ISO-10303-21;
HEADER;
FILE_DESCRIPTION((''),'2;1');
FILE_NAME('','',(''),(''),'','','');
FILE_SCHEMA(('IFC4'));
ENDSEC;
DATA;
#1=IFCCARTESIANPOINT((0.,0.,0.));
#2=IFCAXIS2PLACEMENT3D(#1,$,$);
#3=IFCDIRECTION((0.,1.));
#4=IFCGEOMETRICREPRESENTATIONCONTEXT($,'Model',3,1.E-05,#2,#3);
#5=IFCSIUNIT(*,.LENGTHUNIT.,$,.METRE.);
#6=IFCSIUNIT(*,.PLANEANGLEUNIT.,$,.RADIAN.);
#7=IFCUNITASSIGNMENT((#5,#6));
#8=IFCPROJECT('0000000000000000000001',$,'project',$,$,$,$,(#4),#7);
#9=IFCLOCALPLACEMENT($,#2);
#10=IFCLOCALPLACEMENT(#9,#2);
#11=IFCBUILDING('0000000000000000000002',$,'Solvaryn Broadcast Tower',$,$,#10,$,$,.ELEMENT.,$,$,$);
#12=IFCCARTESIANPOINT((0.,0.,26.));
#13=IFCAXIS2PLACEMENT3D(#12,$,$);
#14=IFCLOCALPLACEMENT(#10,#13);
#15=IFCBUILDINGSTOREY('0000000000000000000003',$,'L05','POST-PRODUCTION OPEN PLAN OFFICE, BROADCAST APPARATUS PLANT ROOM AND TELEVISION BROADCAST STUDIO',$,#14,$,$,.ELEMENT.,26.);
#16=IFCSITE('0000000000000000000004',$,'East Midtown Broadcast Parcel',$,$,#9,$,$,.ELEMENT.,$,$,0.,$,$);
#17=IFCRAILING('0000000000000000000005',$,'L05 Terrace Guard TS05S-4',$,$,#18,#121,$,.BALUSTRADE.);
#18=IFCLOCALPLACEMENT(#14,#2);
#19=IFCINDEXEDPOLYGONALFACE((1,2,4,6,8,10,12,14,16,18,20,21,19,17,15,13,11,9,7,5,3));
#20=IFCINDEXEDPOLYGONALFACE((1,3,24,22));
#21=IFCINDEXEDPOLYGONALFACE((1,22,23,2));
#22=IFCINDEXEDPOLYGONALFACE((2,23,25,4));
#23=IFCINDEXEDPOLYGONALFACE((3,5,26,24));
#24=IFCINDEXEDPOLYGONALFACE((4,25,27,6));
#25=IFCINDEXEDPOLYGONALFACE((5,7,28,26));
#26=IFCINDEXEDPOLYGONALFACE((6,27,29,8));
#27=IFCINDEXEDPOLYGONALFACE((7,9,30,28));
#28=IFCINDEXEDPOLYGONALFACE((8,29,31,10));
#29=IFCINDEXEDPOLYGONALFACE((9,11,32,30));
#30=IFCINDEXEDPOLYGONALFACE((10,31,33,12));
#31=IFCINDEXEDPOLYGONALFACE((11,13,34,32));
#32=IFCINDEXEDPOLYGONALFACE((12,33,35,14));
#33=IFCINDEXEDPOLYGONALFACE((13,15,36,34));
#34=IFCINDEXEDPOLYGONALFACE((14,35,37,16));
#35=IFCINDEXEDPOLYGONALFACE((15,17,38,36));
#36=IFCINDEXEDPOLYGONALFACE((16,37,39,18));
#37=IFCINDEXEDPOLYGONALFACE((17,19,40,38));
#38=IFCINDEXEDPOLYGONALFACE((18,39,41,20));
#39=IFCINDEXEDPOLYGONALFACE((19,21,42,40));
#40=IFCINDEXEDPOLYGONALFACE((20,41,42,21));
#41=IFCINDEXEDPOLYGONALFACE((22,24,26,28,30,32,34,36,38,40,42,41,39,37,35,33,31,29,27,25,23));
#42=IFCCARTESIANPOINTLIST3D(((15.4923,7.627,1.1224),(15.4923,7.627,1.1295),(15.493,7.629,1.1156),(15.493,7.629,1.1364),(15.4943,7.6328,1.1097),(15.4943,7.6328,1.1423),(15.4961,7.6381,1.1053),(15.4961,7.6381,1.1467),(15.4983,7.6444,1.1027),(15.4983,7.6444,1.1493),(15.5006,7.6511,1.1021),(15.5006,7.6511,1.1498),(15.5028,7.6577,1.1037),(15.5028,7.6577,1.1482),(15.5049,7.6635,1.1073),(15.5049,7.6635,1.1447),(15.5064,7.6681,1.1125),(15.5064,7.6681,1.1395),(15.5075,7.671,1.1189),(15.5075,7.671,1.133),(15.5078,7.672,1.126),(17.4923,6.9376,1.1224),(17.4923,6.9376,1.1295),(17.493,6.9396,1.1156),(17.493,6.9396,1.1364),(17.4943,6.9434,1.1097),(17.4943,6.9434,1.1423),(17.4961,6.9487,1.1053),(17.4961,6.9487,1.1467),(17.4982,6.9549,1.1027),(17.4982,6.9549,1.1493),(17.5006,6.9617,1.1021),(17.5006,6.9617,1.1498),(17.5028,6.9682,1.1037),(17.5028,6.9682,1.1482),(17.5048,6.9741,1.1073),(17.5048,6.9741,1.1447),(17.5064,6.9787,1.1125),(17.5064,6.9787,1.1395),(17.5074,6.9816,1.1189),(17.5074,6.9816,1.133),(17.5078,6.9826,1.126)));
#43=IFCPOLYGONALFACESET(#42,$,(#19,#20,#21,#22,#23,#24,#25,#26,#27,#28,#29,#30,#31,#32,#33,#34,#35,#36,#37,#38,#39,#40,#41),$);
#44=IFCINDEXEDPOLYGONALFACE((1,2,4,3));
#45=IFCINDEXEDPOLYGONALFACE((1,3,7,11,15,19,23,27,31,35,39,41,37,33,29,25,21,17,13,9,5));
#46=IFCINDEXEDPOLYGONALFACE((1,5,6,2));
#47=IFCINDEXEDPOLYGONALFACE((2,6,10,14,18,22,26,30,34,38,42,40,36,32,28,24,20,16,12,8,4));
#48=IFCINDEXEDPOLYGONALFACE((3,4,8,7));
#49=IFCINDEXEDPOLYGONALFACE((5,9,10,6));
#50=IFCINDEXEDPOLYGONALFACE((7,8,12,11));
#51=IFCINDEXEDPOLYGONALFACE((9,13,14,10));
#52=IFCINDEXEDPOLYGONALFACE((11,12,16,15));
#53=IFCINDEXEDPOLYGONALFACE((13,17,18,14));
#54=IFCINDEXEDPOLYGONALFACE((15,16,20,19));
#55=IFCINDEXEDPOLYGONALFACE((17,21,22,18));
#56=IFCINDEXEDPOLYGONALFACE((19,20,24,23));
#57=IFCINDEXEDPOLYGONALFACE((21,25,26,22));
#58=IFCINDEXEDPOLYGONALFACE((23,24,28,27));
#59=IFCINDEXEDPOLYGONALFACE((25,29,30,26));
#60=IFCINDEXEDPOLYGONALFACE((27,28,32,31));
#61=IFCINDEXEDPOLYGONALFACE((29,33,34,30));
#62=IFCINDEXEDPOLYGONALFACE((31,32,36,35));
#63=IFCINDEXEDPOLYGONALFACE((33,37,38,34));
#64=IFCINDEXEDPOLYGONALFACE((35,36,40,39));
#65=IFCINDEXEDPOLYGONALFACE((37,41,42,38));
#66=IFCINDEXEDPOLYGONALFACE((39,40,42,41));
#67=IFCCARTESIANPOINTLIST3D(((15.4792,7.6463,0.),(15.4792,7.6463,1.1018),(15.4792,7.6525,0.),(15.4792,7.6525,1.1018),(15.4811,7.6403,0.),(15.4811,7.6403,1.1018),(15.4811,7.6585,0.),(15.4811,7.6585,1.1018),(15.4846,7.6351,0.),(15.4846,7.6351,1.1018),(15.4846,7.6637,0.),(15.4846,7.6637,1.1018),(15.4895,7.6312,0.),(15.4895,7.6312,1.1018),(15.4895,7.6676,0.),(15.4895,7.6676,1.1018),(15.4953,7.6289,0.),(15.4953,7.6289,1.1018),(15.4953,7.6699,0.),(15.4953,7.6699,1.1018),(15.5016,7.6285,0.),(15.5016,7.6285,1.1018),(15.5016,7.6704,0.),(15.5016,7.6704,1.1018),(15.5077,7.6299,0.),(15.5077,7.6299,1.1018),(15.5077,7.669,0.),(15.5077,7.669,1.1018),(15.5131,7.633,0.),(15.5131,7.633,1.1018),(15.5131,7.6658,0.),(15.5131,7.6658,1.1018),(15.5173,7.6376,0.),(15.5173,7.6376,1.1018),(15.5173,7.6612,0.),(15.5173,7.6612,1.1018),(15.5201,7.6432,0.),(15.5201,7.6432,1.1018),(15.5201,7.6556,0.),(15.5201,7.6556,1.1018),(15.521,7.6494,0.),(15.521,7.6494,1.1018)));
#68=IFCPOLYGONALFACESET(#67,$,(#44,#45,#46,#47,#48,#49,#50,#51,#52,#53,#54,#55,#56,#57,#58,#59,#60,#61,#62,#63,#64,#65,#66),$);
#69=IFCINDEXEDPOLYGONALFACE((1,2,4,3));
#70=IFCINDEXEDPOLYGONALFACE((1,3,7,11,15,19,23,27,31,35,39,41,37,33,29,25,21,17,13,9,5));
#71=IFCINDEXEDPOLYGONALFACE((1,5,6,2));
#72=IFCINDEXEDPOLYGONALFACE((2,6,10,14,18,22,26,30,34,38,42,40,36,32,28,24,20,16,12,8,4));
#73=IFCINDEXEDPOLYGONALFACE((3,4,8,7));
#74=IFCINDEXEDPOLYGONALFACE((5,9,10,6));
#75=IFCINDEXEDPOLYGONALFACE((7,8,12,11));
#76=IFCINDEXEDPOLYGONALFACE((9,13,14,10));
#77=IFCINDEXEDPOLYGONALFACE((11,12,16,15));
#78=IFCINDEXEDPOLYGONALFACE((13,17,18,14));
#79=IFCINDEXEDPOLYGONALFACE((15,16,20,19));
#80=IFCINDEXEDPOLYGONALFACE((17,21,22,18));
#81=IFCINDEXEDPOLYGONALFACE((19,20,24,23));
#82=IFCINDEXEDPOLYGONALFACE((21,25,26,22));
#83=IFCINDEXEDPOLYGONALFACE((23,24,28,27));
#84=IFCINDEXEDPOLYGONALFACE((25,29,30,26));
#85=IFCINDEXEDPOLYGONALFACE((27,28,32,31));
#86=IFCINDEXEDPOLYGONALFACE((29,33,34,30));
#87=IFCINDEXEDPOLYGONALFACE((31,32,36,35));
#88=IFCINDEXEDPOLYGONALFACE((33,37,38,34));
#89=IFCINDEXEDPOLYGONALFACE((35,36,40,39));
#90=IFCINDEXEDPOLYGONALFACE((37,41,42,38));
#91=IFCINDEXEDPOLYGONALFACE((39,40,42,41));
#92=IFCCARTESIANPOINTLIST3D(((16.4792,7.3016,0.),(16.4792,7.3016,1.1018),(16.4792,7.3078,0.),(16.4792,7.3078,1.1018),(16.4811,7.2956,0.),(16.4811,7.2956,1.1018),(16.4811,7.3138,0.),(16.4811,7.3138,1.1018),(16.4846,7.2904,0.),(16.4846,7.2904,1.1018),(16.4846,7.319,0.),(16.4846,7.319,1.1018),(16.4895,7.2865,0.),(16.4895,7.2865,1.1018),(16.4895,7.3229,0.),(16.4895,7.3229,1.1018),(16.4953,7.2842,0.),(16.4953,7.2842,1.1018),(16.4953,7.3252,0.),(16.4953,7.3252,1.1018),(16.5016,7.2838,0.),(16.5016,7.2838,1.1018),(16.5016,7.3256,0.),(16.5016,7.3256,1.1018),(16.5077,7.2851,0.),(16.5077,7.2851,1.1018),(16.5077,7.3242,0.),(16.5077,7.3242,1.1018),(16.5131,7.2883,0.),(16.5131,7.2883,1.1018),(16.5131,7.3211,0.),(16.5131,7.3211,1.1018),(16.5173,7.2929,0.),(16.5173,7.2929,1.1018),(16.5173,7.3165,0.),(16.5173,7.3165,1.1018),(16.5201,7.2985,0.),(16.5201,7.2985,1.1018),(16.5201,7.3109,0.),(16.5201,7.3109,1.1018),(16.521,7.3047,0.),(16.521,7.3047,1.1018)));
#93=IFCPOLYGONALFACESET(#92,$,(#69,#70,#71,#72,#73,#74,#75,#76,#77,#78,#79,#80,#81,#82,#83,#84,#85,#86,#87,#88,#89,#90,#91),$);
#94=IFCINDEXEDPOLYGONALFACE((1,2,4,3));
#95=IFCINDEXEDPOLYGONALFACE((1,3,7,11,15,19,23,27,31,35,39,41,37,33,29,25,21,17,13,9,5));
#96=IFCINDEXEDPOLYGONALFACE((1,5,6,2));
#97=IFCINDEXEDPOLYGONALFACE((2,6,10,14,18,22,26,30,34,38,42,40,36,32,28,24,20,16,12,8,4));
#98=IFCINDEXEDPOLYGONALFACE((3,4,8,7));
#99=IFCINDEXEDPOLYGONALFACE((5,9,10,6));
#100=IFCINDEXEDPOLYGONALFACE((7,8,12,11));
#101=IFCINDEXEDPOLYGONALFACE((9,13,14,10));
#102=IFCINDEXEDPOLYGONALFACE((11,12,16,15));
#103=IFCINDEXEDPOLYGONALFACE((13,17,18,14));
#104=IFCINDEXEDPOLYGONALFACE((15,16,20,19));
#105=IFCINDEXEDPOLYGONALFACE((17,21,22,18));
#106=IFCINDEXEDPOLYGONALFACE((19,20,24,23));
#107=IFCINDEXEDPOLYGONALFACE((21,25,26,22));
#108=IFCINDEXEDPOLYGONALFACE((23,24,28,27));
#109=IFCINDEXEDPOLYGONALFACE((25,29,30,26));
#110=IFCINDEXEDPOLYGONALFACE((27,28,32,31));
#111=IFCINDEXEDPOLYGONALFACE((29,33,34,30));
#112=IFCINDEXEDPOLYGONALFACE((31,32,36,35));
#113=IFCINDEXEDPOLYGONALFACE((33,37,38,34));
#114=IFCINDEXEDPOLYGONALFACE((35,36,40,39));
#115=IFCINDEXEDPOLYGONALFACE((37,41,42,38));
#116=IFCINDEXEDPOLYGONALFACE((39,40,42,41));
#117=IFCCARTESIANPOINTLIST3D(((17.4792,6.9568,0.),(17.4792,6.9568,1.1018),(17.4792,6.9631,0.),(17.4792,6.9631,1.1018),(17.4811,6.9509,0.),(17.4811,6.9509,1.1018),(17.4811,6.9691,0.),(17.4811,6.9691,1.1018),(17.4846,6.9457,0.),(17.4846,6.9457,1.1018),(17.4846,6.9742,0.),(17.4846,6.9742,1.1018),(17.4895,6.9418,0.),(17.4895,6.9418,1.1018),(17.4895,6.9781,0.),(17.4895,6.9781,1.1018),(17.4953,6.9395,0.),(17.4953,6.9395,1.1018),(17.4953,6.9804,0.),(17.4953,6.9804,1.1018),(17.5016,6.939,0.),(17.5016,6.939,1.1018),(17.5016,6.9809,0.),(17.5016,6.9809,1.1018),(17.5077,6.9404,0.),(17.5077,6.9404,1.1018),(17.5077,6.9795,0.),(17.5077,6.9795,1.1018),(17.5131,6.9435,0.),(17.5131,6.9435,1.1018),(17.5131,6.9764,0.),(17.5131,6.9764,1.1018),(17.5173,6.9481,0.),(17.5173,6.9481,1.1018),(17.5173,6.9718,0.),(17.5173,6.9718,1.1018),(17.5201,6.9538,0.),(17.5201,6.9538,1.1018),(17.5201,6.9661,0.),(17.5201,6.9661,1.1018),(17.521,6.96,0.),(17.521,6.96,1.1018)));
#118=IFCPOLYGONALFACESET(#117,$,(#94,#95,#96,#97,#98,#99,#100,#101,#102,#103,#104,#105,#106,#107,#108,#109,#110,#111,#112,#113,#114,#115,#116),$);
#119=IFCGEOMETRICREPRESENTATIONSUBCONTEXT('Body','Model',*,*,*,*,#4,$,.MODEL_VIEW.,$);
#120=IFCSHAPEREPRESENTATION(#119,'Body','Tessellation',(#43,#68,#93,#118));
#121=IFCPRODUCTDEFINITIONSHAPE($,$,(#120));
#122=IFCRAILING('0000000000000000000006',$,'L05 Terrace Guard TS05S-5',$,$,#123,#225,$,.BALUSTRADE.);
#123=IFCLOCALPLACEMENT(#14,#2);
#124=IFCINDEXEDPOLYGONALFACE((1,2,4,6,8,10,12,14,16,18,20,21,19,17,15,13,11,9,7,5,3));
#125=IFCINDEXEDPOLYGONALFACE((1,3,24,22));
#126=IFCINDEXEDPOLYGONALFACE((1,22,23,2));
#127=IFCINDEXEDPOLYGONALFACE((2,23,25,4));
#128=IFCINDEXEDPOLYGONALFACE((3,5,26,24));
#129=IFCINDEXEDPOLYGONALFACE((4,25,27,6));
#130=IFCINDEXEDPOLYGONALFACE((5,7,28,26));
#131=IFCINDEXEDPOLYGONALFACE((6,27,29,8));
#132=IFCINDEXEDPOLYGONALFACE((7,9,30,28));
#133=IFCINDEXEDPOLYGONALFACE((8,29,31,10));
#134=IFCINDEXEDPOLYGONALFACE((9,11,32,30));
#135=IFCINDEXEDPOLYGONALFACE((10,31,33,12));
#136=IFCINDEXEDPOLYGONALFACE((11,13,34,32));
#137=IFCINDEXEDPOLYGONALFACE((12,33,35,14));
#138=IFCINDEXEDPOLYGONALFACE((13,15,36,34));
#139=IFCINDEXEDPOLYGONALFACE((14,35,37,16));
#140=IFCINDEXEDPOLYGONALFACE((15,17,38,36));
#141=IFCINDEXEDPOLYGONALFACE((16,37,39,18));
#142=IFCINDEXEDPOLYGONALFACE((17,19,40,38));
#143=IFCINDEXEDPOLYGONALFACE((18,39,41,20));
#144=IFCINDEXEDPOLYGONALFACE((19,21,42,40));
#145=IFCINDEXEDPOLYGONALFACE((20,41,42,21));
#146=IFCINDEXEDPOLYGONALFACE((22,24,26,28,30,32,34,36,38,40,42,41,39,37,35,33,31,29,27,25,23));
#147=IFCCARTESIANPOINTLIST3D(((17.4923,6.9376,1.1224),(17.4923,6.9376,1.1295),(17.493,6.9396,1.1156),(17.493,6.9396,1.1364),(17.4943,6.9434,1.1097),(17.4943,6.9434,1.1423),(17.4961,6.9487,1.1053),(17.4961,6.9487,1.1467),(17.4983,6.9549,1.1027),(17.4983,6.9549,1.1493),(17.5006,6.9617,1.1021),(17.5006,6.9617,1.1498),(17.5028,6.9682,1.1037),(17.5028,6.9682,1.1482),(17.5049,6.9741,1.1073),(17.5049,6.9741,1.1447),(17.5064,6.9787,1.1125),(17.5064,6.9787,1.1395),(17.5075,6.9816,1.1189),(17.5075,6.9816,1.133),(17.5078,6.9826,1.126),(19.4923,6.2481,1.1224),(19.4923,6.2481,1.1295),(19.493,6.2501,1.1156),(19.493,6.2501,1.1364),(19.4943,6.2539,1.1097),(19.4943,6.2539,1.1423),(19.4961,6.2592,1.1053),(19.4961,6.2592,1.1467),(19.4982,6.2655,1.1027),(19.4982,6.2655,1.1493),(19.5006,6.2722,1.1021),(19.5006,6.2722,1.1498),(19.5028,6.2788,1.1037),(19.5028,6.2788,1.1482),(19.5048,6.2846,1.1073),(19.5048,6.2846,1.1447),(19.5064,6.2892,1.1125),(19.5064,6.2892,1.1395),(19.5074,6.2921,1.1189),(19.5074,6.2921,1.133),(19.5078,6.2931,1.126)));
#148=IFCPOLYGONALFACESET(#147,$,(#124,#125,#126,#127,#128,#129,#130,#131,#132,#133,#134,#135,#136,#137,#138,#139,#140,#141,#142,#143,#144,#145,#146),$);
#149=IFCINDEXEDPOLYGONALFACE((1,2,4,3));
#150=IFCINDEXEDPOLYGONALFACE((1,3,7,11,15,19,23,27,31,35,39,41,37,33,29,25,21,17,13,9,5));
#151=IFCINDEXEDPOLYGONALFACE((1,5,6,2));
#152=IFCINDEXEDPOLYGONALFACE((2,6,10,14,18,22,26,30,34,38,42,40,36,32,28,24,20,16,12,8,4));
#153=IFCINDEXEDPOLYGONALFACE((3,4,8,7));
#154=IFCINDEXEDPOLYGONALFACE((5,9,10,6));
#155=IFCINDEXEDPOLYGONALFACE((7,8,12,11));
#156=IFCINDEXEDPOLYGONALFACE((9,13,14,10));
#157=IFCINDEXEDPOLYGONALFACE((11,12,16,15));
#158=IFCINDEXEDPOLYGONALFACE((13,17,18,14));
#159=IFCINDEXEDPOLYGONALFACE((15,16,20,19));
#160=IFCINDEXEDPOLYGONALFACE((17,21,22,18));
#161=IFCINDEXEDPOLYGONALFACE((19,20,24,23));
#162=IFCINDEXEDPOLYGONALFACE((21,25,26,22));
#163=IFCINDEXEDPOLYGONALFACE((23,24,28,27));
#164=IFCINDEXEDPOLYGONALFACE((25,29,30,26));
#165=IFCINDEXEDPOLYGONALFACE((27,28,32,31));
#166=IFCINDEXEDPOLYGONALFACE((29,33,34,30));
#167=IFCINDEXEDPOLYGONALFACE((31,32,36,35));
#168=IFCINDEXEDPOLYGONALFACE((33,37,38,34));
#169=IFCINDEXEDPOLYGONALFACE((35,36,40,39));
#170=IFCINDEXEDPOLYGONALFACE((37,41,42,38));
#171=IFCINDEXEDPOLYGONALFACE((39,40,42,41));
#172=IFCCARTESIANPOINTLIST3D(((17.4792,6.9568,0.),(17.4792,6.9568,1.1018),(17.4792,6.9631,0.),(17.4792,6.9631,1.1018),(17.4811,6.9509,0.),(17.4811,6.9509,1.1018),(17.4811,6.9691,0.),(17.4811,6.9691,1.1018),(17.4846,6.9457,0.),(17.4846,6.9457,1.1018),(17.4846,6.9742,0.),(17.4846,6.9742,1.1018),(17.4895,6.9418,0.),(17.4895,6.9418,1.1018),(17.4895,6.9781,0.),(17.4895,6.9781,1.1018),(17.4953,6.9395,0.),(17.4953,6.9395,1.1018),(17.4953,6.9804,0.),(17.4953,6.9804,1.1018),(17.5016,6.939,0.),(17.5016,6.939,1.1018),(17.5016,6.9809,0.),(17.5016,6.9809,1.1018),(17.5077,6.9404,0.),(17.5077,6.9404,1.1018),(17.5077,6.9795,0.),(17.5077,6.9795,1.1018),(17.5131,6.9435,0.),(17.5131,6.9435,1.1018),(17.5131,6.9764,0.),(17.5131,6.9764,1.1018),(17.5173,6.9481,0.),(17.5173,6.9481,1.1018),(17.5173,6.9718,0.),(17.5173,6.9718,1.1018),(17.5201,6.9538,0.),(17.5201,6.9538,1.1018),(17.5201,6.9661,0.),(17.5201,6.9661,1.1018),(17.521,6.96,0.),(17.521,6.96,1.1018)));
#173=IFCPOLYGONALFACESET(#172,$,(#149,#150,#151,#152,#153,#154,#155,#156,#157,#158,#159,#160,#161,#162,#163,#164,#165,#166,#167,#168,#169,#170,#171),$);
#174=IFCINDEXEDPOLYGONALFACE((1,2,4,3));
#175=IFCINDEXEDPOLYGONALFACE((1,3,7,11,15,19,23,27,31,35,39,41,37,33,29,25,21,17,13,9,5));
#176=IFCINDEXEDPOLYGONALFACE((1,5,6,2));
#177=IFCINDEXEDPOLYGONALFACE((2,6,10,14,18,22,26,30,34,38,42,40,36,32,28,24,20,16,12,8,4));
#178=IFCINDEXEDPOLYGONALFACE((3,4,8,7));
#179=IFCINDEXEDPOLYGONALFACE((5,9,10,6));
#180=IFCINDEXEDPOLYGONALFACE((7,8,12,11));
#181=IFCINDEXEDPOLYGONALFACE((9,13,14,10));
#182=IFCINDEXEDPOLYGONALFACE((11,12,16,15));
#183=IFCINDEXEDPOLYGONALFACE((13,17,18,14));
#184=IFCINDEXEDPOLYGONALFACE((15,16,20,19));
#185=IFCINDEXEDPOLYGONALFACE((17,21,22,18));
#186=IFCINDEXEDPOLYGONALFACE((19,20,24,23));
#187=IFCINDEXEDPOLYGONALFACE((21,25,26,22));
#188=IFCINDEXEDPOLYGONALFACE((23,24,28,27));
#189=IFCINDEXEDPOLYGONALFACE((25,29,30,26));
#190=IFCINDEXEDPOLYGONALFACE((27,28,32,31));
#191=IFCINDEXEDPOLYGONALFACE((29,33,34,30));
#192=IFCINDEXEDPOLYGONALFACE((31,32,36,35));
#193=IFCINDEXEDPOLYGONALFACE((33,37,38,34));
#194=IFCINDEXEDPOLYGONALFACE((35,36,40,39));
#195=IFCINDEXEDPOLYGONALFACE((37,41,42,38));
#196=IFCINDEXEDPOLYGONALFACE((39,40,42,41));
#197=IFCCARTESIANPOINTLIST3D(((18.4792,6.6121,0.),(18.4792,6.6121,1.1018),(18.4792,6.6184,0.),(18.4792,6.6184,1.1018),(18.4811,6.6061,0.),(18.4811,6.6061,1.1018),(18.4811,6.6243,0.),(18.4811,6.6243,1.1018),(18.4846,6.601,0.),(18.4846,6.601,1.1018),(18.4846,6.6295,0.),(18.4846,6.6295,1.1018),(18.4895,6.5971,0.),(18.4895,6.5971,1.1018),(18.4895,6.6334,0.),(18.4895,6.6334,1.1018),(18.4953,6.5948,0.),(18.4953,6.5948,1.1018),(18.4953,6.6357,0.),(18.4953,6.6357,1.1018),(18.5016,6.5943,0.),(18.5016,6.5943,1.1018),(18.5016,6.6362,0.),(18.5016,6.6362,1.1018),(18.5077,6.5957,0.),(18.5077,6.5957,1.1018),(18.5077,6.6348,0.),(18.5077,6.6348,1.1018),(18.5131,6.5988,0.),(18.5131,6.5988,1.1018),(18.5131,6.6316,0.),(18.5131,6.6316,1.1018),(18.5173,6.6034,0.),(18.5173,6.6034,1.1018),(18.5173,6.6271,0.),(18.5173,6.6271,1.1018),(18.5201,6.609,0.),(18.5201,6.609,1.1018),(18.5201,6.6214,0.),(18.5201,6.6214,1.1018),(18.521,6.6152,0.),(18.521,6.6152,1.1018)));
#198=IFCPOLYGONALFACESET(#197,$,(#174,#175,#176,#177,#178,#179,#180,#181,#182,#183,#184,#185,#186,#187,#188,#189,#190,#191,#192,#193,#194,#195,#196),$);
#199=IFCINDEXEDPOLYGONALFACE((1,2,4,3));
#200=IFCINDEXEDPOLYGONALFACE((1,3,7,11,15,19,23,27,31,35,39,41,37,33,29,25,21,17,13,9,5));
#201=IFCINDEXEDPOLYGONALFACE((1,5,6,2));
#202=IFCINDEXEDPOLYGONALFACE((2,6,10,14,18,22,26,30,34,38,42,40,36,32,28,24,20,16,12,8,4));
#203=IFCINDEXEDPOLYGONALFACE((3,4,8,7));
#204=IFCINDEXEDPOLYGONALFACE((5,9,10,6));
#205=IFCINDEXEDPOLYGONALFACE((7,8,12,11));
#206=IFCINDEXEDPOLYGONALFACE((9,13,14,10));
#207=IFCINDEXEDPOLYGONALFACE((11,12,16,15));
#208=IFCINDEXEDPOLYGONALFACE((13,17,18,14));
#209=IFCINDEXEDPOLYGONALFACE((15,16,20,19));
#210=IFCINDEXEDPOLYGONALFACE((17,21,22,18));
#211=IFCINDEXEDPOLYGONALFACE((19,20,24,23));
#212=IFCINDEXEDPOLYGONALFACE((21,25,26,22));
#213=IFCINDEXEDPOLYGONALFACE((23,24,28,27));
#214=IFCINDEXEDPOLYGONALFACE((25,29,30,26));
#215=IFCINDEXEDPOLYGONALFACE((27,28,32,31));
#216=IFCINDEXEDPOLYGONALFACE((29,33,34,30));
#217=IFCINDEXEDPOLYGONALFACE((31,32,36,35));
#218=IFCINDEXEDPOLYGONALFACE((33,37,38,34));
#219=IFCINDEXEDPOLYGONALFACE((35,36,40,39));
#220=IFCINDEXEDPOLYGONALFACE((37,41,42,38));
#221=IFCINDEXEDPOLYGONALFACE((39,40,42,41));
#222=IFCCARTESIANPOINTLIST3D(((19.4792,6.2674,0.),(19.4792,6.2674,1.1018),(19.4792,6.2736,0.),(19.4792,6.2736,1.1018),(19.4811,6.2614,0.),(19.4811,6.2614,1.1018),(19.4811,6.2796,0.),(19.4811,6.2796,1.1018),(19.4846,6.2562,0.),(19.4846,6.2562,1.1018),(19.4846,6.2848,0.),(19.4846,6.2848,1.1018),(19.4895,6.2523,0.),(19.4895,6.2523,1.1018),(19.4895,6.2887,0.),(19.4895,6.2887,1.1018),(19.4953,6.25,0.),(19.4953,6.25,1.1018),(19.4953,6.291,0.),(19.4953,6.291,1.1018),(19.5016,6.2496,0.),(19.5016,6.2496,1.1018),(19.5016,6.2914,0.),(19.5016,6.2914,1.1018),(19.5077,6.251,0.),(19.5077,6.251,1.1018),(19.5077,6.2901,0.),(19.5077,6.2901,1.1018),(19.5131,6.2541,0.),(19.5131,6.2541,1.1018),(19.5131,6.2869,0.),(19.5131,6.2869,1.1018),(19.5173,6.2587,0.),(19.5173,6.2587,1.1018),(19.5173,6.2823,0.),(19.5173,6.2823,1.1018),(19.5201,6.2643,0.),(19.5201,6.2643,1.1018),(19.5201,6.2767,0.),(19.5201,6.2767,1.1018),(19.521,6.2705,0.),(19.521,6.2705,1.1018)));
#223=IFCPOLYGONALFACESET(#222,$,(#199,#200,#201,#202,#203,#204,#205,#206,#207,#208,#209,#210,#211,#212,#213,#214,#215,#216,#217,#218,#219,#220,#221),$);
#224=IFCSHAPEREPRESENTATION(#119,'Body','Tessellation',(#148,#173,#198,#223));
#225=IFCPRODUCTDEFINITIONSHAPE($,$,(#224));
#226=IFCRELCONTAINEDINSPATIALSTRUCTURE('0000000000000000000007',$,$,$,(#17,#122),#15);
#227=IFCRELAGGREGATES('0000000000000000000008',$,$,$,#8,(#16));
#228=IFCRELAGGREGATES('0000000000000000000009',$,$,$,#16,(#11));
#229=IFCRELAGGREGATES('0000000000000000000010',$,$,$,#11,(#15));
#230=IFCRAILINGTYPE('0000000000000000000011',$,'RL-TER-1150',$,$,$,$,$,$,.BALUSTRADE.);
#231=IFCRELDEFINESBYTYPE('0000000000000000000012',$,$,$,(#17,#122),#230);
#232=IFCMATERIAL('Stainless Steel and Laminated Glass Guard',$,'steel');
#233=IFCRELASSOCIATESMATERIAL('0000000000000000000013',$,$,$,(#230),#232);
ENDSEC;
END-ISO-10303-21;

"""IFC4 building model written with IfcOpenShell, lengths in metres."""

from ifc_helpers import new_model, si_unit, direction, frame, origin, origin_2d, place, context, subcontext, project, spatial, circle, extrude, material, type_object, element, save


model = new_model("IFC4")

# Units and contexts
model_context = context("Model", 3, precision=1e-05, world=origin(), true_north=direction((0.0, 1.0)))
body_context = subcontext(model_context, "Body", "Model", "MODEL_VIEW")
ifc_project = project(units=[si_unit("LENGTHUNIT", "METRE"), si_unit("PLANEANGLEUNIT", "RADIAN")], contexts=[model_context])

# Site, building, storey
site_placement = place(None, origin())
site = spatial("IfcSite", under=ifc_project, at=site_placement, Name="East Midtown Broadcast Parcel", CompositionType="ELEMENT", RefElevation=0.0)
building_placement = place(site_placement, origin())
building = spatial("IfcBuilding", under=site, at=building_placement, Name="Solvaryn Broadcast Tower", CompositionType="ELEMENT")
storey_placement = place(building_placement, frame((0.0, 0.0, 26.0)))
storey = spatial("IfcBuildingStorey", under=building, at=storey_placement, Name="L05", Description="POST-PRODUCTION OPEN PLAN OFFICE, BROADCAST APPARATUS PLANT ROOM AND TELEVISION BROADCAST STUDIO", CompositionType="ELEMENT", Elevation=26.0)

# Railings
ifc_material_1 = material(Name="Stainless Steel and Laminated Glass Guard", Category="steel")
railing_type = type_object("IfcRailingType", Name="RL-TER-1150", PredefinedType="BALUSTRADE", material=ifc_material_1)
for number, where, name in (
    (1, (15.5, 7.6494, 0.0), "L05 Terrace Guard TS05S-4"),
    (2, (17.5, 6.96, 0.0), "L05 Terrace Guard TS05S-5"),
):
    element("IfcRailing", number, at=place(storey_placement, frame(where)), inside=storey, type_object=railing_type, Name=name, PredefinedType="BALUSTRADE", context=body_context, shape_type="SweptSolid", body=[
        extrude(circle(Radius=0.0239, at=origin_2d()), frame((0.0, 0.0, 1.126), z_axis=(0.945402, -0.325905, 0.0), x_axis=(0.325905, 0.945402, 0.0)), (0.0, 0.0, 1.0), 2.1155),
        extrude(circle(Radius=0.021, at=origin_2d()), origin(), (0.0, 0.0, 1.0), 1.1018),
        extrude(circle(Radius=0.021, at=origin_2d()), frame((1.0, -0.3447, 0.0)), (0.0, 0.0, 1.0), 1.1018),
        extrude(circle(Radius=0.021, at=origin_2d()), frame((2.0, -0.6895, 0.0)), (0.0, 0.0, 1.0), 1.1018),
    ])

save(model, "model.ifc")
